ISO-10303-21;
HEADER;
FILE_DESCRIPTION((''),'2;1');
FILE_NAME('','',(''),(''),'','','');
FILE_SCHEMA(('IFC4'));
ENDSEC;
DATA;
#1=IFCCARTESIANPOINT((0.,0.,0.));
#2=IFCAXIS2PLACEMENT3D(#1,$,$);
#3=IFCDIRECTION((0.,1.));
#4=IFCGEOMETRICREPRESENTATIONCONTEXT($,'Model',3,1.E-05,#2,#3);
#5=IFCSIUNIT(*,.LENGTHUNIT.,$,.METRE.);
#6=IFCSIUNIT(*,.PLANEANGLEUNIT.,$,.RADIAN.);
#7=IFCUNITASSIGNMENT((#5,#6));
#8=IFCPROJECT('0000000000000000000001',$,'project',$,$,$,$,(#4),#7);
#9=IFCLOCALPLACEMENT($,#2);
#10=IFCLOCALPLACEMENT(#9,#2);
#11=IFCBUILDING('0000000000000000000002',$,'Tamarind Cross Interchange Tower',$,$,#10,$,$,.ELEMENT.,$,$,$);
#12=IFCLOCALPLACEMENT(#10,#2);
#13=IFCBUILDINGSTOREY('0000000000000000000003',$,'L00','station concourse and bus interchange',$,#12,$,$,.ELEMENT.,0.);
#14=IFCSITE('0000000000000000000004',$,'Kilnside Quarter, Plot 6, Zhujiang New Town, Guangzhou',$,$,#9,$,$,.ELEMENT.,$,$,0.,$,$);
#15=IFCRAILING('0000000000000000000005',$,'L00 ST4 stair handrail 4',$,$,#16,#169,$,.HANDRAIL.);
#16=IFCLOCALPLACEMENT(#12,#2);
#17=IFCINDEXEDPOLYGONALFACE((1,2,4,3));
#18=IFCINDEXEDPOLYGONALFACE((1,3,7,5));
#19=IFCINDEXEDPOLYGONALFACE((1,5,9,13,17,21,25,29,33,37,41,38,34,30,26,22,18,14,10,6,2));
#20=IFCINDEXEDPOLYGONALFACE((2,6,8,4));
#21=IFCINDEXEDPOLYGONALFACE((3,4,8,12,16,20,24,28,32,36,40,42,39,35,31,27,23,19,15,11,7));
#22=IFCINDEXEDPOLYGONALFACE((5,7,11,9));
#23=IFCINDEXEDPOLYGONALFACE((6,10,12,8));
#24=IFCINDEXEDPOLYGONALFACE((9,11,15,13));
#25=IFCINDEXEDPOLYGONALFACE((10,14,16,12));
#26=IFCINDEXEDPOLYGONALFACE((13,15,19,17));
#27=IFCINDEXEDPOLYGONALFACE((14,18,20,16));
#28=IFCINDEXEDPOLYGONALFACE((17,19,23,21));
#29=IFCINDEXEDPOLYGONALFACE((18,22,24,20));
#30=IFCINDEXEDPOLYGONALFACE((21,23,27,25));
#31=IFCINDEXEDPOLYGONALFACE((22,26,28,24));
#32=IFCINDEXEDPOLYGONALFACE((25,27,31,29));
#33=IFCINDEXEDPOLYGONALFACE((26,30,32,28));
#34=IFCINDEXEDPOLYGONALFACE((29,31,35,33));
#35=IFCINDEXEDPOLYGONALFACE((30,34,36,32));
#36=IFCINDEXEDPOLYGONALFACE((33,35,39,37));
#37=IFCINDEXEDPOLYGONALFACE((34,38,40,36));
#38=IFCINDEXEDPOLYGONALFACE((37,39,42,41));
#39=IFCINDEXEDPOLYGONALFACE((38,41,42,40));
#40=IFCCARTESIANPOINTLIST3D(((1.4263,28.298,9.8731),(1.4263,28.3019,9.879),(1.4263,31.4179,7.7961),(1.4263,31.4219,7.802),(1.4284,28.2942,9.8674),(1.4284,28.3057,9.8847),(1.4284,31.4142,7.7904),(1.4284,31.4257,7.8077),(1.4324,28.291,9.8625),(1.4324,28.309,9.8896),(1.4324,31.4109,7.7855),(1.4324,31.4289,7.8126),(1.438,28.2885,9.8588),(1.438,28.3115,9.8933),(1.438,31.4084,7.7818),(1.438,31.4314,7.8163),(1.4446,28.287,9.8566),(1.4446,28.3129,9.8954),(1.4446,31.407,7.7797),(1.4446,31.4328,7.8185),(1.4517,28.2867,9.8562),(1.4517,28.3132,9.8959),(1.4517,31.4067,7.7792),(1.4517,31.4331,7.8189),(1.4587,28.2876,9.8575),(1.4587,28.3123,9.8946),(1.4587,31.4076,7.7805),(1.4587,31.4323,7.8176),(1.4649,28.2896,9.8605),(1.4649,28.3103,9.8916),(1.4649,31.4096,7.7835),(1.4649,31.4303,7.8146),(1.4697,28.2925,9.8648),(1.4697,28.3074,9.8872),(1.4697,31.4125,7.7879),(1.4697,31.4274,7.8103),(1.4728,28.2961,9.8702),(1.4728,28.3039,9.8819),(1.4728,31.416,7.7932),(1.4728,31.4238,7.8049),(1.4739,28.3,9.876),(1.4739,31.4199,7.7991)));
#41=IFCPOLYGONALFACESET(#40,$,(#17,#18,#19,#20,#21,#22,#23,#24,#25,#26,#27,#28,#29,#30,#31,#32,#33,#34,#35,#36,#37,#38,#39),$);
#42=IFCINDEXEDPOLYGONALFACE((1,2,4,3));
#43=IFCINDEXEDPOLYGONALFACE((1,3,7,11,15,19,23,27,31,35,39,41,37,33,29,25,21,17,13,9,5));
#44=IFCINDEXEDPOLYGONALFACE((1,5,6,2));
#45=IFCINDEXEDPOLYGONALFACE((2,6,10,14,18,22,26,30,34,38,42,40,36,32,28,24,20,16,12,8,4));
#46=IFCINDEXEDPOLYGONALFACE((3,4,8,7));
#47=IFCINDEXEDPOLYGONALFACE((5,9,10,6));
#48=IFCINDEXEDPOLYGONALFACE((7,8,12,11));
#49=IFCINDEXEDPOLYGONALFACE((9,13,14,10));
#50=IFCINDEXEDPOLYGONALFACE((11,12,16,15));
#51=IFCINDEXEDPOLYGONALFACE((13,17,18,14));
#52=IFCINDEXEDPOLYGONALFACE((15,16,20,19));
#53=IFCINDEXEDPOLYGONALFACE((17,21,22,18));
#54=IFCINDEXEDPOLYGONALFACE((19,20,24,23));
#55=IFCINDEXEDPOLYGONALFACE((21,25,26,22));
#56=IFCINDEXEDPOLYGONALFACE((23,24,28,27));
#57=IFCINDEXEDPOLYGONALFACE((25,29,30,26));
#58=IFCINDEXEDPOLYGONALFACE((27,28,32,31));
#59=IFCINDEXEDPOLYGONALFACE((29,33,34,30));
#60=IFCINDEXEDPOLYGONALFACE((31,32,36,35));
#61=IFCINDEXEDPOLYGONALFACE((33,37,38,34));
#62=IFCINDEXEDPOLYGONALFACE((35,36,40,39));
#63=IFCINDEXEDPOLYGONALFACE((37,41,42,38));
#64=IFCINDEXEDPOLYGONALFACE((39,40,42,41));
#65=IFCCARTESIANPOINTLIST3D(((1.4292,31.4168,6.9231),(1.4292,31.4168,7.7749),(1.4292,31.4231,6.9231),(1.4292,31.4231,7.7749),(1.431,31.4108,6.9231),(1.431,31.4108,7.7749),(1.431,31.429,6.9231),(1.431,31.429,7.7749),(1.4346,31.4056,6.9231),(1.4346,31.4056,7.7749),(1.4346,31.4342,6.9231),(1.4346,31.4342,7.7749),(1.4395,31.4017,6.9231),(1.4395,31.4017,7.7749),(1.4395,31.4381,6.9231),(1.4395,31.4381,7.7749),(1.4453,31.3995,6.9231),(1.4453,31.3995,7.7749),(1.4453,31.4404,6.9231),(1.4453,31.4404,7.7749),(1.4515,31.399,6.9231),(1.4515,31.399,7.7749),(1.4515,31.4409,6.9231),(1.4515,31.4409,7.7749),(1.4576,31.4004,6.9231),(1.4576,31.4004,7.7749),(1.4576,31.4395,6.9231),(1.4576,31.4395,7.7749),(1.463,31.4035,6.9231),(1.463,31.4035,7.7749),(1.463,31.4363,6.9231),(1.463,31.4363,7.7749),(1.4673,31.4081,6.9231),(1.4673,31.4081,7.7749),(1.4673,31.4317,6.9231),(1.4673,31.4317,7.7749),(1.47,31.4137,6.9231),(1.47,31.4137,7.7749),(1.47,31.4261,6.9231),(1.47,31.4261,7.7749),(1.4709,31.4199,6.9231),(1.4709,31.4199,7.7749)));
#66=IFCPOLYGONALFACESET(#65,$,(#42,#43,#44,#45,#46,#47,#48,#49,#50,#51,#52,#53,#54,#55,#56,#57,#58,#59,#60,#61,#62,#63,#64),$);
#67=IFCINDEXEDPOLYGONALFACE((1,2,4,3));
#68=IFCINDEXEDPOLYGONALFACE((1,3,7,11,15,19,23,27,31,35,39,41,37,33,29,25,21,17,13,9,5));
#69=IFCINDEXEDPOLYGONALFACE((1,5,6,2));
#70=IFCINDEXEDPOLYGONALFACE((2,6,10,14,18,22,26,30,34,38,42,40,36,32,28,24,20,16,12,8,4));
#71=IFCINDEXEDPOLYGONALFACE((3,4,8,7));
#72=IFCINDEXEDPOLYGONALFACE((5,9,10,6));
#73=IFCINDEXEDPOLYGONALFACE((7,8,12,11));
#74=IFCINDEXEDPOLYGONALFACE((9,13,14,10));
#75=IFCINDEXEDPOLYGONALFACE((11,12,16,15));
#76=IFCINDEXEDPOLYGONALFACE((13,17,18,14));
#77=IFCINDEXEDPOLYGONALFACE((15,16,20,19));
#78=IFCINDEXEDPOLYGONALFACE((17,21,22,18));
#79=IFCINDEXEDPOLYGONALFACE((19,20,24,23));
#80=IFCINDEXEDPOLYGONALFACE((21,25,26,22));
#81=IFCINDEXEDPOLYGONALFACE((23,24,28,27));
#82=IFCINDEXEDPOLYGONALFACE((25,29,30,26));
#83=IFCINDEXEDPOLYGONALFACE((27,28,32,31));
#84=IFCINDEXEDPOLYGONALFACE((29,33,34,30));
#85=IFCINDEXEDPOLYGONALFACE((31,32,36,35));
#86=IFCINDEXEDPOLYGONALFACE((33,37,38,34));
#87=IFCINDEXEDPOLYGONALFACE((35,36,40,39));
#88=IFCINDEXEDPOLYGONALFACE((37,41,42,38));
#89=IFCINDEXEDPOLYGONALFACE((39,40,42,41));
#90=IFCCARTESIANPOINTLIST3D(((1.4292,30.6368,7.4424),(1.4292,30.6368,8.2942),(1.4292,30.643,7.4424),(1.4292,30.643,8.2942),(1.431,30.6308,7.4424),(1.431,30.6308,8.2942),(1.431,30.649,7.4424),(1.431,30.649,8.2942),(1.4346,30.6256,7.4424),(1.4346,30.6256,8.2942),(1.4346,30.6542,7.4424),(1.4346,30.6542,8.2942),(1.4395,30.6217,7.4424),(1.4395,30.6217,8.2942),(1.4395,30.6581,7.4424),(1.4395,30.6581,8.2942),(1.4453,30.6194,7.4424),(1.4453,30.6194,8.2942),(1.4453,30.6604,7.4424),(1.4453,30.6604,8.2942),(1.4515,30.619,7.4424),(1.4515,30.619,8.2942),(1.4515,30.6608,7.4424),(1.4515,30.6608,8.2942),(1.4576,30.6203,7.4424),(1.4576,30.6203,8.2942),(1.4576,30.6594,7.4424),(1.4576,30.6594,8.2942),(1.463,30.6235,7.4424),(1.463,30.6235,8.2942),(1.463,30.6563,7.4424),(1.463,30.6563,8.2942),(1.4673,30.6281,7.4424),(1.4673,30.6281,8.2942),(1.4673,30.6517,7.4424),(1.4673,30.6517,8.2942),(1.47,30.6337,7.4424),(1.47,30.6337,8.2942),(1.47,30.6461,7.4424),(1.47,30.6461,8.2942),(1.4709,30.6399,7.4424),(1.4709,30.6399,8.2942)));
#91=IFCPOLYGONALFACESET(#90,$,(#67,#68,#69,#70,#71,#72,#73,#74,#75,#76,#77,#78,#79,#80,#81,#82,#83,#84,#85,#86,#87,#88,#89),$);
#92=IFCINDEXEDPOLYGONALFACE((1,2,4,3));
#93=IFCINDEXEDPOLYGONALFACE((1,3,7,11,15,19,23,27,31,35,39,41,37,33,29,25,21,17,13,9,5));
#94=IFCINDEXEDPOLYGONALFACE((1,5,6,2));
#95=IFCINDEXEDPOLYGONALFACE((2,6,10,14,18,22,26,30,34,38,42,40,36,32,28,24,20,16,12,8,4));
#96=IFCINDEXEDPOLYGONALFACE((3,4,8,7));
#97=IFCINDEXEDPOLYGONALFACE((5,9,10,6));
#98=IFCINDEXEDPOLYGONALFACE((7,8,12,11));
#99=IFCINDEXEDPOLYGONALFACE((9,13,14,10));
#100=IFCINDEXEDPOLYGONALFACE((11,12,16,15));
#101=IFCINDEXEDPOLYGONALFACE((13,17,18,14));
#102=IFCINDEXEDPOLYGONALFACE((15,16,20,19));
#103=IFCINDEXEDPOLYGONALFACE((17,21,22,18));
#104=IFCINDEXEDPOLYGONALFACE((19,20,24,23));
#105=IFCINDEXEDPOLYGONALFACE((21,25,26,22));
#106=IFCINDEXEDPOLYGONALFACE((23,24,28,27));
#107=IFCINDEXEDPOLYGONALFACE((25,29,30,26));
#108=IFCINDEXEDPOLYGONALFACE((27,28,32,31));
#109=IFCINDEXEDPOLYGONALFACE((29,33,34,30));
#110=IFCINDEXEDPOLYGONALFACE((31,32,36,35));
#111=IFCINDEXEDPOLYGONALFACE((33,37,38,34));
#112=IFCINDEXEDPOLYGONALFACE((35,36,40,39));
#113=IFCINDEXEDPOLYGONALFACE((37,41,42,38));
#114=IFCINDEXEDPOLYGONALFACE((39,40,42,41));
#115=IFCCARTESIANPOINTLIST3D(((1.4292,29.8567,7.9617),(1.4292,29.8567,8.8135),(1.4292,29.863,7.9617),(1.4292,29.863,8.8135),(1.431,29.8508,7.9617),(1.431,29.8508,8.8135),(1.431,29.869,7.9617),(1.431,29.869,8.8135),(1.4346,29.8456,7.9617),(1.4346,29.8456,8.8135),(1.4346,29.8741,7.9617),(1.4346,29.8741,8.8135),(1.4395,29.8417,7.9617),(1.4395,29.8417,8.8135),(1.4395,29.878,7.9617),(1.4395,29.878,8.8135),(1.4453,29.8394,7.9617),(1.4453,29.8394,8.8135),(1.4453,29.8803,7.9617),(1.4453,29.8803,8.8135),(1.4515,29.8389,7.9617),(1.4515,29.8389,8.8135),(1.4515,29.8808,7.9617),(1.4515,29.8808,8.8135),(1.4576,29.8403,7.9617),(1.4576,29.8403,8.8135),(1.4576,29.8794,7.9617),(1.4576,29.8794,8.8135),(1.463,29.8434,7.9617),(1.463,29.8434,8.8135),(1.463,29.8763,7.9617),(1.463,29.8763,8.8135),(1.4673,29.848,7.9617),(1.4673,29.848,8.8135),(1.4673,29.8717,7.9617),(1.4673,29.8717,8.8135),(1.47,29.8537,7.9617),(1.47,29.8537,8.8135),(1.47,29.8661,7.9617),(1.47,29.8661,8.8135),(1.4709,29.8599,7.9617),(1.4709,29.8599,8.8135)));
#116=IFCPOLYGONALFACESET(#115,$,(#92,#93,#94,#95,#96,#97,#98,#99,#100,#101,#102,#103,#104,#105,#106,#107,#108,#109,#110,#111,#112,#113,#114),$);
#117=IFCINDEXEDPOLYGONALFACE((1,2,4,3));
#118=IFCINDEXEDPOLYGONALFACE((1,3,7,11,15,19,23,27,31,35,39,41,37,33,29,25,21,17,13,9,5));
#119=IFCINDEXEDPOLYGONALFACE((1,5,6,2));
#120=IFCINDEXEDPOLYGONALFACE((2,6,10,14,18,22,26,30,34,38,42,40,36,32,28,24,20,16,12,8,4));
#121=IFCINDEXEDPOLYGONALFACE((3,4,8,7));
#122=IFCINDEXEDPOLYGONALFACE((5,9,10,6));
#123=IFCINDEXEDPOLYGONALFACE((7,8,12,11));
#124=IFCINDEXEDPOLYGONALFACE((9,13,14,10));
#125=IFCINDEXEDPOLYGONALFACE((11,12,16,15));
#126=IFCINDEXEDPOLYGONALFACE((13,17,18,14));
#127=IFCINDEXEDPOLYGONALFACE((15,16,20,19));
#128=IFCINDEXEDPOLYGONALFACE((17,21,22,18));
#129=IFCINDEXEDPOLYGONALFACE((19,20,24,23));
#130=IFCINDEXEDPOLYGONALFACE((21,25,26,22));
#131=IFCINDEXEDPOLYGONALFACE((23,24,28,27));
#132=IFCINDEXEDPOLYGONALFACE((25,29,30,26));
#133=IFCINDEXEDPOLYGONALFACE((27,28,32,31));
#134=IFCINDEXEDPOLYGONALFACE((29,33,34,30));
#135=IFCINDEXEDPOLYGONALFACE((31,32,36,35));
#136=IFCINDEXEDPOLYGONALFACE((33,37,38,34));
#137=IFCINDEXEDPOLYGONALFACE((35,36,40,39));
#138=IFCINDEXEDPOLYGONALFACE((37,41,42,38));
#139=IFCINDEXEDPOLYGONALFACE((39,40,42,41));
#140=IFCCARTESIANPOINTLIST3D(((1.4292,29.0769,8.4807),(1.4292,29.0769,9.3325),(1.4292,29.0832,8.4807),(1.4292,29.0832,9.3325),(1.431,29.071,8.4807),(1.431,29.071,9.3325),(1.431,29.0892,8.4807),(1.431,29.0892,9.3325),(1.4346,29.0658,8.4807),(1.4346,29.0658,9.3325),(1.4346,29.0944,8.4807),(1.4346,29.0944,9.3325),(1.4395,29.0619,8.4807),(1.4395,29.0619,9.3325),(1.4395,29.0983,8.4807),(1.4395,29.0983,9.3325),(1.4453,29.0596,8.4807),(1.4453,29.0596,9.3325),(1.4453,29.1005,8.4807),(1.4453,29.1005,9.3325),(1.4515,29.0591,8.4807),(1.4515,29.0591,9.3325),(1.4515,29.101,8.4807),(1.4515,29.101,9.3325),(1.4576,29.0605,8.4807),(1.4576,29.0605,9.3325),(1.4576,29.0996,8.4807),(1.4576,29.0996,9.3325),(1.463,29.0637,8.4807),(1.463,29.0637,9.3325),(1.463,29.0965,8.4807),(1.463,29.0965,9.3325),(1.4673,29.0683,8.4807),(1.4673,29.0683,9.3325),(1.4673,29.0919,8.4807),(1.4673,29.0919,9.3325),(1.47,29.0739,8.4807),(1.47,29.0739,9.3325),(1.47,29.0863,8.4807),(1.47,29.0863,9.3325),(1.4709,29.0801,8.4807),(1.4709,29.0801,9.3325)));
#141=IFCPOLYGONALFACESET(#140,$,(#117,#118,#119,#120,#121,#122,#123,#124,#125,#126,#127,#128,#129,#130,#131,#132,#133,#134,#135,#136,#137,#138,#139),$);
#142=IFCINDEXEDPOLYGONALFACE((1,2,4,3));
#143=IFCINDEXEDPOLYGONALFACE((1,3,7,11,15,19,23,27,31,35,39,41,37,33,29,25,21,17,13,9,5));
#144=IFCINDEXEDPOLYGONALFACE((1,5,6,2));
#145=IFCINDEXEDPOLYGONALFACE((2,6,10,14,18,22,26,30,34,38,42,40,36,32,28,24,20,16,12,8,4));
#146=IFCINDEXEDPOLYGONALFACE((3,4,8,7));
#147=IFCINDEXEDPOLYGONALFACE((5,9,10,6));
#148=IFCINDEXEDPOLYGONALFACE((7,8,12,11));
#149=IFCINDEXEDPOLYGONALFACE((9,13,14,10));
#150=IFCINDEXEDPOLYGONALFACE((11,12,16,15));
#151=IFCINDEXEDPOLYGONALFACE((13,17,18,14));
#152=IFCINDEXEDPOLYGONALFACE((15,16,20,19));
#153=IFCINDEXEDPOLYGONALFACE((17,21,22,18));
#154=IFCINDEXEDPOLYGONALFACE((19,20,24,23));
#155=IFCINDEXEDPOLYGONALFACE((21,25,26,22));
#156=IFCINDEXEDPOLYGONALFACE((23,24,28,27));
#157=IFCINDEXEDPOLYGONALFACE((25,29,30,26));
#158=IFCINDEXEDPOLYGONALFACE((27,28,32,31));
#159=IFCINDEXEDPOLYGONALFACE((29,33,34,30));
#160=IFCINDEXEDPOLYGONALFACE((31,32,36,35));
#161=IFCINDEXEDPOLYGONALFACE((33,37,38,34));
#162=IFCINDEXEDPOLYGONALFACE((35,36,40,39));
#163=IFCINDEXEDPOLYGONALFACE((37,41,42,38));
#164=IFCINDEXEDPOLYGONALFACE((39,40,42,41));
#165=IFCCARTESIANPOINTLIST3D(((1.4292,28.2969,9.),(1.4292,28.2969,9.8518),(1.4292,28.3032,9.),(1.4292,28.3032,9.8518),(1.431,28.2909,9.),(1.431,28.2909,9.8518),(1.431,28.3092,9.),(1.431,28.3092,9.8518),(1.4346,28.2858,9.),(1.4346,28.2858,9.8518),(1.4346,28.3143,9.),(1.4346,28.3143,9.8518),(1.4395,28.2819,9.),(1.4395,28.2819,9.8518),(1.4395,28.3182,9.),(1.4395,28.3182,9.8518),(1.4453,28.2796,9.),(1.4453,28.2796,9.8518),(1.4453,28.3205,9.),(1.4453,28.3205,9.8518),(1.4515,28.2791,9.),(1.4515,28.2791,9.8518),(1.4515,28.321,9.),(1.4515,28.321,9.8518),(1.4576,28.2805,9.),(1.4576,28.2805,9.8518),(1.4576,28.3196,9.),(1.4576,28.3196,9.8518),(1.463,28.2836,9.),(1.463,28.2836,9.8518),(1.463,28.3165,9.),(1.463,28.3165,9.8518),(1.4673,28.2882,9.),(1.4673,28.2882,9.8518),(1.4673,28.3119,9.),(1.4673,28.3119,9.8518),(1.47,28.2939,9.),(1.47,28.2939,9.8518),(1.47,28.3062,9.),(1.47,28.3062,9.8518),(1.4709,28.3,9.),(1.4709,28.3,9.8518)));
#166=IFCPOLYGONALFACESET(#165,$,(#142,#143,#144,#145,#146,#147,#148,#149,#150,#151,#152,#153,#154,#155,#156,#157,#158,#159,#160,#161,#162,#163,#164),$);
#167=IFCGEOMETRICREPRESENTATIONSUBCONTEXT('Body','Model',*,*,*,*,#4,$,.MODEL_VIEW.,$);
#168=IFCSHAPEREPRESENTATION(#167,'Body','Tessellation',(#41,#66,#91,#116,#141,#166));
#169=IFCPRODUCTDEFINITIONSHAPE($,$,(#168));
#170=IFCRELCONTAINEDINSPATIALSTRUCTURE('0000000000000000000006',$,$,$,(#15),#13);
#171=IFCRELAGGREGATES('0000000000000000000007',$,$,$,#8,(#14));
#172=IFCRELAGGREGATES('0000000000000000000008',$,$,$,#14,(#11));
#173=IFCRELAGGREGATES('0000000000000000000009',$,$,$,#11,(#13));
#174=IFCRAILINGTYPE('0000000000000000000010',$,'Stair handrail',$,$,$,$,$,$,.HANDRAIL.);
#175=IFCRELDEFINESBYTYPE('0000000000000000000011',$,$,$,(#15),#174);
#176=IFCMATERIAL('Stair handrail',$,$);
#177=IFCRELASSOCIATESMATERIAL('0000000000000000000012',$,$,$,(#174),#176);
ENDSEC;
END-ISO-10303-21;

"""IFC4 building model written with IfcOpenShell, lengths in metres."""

from ifc_helpers import new_model, si_unit, direction, frame, origin, origin_2d, place, context, subcontext, project, spatial, circle, extrude, material, type_object, element, save


model = new_model("IFC4")

# Units and contexts
model_context = context("Model", 3, precision=1e-05, world=origin(), true_north=direction((0.0, 1.0)))
body_context = subcontext(model_context, "Body", "Model", "MODEL_VIEW")
ifc_project = project(units=[si_unit("LENGTHUNIT", "METRE"), si_unit("PLANEANGLEUNIT", "RADIAN")], contexts=[model_context])

# Site, building, storey
site_placement = place(None, origin())
site = spatial("IfcSite", under=ifc_project, at=site_placement, Name="Kilnside Quarter, Plot 6, Zhujiang New Town, Guangzhou", CompositionType="ELEMENT", RefElevation=0.0)
building_placement = place(site_placement, origin())
building = spatial("IfcBuilding", under=site, at=building_placement, Name="Tamarind Cross Interchange Tower", CompositionType="ELEMENT")
storey_placement = place(building_placement, origin())
storey = spatial("IfcBuildingStorey", under=building, at=storey_placement, Name="L00", Description="station concourse and bus interchange", CompositionType="ELEMENT", Elevation=0.0)

# Railing
ifc_material_1 = material(Name="Stair handrail")
railing_type_1 = type_object("IfcRailingType", Name="Stair handrail", PredefinedType="HANDRAIL", material=ifc_material_1)
railing_1_placement = place(storey_placement, frame((1.45, 31.4199, 6.9231)))
element("IfcRailing", 1, at=railing_1_placement, inside=storey, type_object=railing_type_1, Name="L00 ST4 stair handrail 4", PredefinedType="HANDRAIL", context=body_context, shape_type="SweptSolid", body=[
    extrude(circle(Radius=0.0239, at=origin_2d()), frame((0.0, 0.0, 0.876), z_axis=(0.0, -0.832421, 0.554144), x_axis=(1.0, 0.0, 0.0)), (0.0, 0.0, 1.0), 3.748),
    extrude(circle(Radius=0.021, at=origin_2d()), origin(), (0.0, 0.0, 1.0), 0.8518),
    extrude(circle(Radius=0.021, at=origin_2d()), frame((0.0, -0.78, 0.5193)), (0.0, 0.0, 1.0), 0.8518),
    extrude(circle(Radius=0.021, at=origin_2d()), frame((0.0, -1.5601, 1.0386)), (0.0, 0.0, 1.0), 0.8518),
    extrude(circle(Radius=0.021, at=origin_2d()), frame((0.0, -2.3398, 1.5576)), (0.0, 0.0, 1.0), 0.8518),
    extrude(circle(Radius=0.021, at=origin_2d()), frame((0.0, -3.1199, 2.0769)), (0.0, 0.0, 1.0), 0.8518),
])

save(model, "model.ifc")
